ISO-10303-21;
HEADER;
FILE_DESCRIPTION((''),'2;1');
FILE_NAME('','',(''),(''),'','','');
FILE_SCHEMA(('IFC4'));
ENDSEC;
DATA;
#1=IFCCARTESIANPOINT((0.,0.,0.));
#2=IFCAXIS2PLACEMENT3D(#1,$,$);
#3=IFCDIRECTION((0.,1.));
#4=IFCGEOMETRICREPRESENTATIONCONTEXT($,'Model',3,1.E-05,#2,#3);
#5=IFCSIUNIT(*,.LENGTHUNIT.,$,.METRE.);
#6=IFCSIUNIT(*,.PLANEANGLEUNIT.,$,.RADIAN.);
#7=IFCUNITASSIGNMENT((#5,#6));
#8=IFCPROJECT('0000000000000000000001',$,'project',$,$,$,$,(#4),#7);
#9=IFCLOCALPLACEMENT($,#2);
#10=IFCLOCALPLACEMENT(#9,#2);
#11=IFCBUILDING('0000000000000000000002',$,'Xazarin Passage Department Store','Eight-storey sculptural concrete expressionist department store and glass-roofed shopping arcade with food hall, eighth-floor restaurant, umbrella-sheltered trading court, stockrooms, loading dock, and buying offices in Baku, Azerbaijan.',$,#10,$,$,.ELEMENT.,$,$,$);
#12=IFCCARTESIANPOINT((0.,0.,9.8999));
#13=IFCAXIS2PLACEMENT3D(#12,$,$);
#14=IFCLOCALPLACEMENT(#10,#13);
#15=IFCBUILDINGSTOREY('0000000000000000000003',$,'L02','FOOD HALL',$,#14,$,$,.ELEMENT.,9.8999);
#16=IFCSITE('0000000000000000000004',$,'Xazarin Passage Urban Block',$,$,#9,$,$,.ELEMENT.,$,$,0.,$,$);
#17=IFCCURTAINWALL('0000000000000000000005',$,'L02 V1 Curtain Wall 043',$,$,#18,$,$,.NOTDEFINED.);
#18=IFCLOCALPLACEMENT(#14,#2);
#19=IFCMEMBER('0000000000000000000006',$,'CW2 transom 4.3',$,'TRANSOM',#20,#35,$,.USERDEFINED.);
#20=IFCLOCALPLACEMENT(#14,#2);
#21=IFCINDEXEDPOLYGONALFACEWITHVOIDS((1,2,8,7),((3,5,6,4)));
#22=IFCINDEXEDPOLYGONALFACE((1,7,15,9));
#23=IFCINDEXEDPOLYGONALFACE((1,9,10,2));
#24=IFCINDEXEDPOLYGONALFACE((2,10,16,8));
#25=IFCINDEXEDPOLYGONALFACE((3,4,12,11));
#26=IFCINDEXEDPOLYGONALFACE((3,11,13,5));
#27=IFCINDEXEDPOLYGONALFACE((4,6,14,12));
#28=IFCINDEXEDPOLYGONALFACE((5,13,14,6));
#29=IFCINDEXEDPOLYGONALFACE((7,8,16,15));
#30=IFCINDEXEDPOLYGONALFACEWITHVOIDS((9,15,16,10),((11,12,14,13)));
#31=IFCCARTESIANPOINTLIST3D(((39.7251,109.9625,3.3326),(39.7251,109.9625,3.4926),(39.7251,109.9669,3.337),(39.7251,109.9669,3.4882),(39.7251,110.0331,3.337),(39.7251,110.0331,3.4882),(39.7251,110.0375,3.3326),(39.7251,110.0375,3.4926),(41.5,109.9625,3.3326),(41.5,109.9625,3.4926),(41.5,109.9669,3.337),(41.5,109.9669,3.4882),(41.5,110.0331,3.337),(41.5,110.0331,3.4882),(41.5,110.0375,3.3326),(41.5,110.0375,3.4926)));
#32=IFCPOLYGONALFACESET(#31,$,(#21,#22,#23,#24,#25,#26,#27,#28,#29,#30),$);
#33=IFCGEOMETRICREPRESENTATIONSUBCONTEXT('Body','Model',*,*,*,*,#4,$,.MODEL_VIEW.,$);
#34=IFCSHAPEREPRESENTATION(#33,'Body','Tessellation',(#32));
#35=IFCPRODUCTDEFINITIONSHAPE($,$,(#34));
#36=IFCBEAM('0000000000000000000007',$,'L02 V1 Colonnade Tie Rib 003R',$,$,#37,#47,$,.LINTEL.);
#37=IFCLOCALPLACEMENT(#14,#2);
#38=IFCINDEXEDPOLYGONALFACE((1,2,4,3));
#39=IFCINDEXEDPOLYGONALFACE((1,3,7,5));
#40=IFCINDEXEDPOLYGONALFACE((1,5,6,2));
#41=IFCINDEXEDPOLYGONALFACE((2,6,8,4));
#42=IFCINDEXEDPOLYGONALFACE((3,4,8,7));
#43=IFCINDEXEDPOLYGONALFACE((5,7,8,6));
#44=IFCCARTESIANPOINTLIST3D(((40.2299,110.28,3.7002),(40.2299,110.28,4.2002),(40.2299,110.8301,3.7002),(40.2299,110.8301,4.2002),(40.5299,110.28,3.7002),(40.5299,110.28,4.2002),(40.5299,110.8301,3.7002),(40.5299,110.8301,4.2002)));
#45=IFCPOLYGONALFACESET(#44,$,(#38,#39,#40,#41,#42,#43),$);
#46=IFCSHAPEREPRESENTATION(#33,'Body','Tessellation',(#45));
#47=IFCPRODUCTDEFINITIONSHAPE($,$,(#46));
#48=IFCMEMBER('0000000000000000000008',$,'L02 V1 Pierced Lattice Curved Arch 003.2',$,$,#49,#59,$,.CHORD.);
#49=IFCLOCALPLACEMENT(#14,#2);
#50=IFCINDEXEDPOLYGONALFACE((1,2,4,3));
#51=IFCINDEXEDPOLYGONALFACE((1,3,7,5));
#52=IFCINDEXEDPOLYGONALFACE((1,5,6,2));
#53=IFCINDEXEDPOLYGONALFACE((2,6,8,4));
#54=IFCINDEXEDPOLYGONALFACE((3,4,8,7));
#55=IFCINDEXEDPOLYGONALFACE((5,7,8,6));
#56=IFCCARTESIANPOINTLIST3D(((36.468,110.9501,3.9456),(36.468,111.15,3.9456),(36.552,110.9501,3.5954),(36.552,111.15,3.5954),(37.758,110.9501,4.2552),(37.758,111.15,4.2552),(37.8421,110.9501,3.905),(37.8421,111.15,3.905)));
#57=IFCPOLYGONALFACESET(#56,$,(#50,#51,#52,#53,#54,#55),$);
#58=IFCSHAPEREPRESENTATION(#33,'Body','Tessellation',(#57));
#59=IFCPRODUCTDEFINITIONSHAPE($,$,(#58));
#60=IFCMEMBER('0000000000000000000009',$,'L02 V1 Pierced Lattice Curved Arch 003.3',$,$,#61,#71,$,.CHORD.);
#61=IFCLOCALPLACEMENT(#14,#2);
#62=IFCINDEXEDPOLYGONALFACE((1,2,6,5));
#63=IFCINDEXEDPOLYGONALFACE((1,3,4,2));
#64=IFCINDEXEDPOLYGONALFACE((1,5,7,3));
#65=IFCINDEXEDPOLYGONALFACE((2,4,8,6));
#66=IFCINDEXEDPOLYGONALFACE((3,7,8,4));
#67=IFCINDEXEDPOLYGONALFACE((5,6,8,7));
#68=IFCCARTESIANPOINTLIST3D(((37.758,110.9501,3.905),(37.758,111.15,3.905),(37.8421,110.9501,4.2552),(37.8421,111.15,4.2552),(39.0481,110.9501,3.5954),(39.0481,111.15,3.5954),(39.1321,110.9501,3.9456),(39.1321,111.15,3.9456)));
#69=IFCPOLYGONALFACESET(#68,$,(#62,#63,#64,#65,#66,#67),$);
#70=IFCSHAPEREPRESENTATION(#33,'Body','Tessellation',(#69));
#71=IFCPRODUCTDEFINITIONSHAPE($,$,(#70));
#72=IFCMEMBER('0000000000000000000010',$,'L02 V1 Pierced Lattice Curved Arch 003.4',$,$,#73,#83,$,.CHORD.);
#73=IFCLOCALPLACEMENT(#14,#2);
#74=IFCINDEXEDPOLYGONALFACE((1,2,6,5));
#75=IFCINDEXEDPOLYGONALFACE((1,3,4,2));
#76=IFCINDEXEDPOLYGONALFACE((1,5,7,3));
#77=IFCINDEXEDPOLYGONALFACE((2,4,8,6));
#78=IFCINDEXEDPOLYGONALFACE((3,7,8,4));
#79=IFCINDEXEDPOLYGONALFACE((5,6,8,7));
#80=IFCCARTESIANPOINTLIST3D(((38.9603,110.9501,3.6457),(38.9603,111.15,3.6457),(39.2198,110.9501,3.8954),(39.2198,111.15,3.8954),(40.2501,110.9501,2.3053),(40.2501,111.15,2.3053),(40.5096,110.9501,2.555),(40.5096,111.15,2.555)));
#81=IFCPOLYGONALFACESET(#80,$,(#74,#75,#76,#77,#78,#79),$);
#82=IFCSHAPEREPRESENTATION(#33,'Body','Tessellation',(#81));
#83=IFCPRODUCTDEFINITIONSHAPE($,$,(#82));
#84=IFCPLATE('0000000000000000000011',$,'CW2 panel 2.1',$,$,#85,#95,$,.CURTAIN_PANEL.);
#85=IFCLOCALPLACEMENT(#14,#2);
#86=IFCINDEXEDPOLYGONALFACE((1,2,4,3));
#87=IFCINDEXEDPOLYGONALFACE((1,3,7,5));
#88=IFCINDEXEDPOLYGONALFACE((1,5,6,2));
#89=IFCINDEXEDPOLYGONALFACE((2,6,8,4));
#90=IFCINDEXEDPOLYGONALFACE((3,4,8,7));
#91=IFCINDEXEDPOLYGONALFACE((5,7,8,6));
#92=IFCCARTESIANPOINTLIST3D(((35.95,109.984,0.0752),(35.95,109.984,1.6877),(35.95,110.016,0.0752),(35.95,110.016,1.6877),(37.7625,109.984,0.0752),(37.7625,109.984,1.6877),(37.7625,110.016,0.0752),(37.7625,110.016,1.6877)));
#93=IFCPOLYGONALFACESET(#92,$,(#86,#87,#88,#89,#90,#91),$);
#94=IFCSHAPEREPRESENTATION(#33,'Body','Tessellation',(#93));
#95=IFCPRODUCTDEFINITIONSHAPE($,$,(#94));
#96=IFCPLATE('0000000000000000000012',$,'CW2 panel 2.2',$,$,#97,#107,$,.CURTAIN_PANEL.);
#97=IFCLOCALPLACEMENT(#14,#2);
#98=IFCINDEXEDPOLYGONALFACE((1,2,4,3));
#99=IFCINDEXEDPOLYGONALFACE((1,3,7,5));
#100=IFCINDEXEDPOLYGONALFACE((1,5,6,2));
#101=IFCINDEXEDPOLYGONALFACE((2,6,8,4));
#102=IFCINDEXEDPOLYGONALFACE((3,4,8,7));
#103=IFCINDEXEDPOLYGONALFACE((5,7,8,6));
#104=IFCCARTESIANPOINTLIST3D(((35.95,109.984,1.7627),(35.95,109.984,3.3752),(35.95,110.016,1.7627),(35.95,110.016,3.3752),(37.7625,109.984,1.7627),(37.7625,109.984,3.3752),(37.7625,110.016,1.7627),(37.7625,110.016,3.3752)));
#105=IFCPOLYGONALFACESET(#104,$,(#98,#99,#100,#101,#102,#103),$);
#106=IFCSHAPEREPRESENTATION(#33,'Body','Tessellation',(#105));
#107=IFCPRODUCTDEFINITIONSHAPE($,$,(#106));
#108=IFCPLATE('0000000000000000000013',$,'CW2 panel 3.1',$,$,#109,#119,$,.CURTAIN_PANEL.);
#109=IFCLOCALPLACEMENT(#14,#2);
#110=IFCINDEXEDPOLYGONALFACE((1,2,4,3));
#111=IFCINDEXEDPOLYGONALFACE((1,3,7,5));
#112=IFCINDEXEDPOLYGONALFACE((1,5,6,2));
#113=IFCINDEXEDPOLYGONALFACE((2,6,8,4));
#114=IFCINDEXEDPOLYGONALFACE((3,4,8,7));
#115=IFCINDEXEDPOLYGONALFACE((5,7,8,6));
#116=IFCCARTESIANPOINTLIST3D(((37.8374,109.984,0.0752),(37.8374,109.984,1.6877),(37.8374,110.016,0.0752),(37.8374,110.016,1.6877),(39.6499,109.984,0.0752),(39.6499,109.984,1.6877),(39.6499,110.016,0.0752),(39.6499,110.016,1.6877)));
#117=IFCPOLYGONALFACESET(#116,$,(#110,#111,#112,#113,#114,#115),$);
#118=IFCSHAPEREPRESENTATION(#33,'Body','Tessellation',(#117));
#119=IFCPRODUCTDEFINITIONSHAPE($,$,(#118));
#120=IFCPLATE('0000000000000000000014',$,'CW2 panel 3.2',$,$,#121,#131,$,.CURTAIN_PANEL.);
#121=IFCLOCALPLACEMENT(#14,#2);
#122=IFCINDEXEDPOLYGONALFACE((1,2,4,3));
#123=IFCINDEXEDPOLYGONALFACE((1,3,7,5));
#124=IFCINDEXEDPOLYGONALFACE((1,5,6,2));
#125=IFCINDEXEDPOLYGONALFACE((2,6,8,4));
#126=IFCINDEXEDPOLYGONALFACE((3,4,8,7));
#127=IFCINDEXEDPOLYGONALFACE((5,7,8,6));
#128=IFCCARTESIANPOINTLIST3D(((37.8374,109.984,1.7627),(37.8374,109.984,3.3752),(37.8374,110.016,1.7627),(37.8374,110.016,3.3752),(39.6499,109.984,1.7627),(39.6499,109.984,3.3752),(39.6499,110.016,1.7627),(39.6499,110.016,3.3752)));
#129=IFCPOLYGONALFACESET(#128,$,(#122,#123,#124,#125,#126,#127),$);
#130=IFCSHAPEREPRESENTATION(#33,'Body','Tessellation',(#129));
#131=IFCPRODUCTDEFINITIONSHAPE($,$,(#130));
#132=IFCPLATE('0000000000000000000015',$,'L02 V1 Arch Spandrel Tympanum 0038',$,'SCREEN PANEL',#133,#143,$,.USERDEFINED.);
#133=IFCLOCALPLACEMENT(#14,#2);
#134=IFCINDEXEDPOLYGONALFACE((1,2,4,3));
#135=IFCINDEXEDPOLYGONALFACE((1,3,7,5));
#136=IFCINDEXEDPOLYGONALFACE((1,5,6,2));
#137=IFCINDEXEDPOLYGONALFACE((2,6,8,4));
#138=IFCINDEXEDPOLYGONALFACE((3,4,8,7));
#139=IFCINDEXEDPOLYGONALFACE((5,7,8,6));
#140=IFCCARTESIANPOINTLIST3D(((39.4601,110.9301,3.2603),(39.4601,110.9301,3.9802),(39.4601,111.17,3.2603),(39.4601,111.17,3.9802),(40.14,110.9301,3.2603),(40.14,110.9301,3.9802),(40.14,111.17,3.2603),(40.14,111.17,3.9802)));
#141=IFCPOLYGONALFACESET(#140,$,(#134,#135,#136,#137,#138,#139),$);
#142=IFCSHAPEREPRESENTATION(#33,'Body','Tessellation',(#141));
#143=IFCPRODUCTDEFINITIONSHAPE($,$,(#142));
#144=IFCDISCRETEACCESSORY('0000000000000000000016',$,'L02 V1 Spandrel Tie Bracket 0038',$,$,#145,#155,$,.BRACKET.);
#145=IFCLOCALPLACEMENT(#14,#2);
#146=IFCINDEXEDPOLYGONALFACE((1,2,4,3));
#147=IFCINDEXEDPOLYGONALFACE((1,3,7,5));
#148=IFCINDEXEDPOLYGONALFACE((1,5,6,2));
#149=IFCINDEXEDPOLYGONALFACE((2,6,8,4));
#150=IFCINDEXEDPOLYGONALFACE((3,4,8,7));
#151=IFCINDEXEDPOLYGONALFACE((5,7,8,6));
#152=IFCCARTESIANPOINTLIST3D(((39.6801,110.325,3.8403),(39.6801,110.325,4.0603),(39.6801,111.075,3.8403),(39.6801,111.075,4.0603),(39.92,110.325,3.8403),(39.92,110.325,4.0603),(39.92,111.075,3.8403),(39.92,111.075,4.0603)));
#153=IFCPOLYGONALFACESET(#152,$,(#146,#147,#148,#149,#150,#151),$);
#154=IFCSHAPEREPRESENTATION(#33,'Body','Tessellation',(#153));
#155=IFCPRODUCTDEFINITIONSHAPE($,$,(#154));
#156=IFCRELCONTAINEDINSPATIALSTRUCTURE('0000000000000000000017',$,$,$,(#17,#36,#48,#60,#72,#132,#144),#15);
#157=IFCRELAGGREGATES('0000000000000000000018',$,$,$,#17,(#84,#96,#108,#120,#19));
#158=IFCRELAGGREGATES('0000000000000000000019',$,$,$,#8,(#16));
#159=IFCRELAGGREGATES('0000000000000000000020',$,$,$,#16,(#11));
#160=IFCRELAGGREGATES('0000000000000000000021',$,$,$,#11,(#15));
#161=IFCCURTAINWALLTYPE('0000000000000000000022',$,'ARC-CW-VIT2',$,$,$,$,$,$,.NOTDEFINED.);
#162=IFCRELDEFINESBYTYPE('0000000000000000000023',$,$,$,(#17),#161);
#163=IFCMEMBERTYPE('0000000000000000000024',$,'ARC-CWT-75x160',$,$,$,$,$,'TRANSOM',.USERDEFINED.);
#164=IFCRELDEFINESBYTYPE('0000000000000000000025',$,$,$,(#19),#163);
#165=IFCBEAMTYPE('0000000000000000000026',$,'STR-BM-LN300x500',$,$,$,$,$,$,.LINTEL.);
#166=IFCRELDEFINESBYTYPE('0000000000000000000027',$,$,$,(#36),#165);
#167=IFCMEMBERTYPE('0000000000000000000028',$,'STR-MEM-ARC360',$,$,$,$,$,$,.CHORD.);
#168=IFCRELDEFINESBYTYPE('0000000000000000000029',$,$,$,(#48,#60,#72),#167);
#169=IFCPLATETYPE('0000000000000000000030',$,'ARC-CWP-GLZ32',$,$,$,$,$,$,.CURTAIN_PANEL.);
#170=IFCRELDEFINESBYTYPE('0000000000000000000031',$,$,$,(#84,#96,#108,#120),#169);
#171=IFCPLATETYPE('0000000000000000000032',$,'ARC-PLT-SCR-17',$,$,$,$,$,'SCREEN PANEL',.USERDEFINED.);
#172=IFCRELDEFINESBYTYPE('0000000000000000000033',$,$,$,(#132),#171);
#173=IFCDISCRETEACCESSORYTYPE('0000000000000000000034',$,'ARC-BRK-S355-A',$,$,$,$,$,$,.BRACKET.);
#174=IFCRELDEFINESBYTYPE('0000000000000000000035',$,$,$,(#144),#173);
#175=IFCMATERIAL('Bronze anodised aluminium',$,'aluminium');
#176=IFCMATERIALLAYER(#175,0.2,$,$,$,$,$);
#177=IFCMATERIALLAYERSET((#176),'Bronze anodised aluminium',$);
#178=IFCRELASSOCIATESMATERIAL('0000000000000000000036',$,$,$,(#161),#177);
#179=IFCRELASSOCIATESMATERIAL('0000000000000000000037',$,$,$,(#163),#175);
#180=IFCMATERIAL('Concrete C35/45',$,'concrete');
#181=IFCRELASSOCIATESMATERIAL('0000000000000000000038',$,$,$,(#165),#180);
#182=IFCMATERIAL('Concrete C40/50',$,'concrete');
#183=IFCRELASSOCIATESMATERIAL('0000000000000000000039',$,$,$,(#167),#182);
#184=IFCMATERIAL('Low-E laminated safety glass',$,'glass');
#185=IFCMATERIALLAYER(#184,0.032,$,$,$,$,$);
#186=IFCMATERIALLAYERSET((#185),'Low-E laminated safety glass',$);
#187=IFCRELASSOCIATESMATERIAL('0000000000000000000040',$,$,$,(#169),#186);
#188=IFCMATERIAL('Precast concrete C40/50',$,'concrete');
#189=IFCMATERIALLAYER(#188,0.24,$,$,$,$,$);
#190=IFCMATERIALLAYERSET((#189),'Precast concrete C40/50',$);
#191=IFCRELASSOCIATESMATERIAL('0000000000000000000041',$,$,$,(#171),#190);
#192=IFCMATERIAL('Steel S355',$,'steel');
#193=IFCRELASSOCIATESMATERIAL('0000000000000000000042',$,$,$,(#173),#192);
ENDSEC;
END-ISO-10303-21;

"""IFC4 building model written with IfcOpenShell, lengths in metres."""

from ifc_helpers import new_model, si_unit, direction, frame, origin, origin_2d, place, context, subcontext, project, spatial, rectangle, hollow_rectangle, extrude, material, layer, layer_set, material_profile, profile_set, type_object, element, aggregate, save


model = new_model("IFC4")

# Units and contexts
model_context = context("Model", 3, precision=1e-05, world=origin(), true_north=direction((0.0, 1.0)))
body_context = subcontext(model_context, "Body", "Model", "MODEL_VIEW")
ifc_project = project(units=[si_unit("LENGTHUNIT", "METRE"), si_unit("PLANEANGLEUNIT", "RADIAN")], contexts=[model_context])

# Site, building, storey
site_placement = place(None, origin())
site = spatial("IfcSite", under=ifc_project, at=site_placement, Name="Xazarin Passage Urban Block", CompositionType="ELEMENT", RefElevation=0.0)
building_placement = place(site_placement, origin())
building = spatial("IfcBuilding", under=site, at=building_placement, Name="Xazarin Passage Department Store", Description="Eight-storey sculptural concrete expressionist department store and glass-roofed shopping arcade with food hall, eighth-floor restaurant, umbrella-sheltered trading court, stockrooms, loading dock, and buying offices in Baku, Azerbaijan.", CompositionType="ELEMENT")
storey_placement = place(building_placement, frame((0.0, 0.0, 9.8999)))
storey = spatial("IfcBuildingStorey", under=building, at=storey_placement, Name="L02", Description="FOOD HALL", CompositionType="ELEMENT", Elevation=9.8999)

# Shared definitions
ifc_material_1 = material(Name="Concrete C40/50", Category="concrete")

# Curtain wall, member
ifc_material_2 = material(Name="Bronze anodised aluminium", Category="aluminium")
ifc_layer_1 = layer(ifc_material_2, 0.2)
ifc_layer_set_1 = layer_set([ifc_layer_1], Name="Bronze anodised aluminium")
curtain_wall_type = type_object("IfcCurtainWallType", Name="ARC-CW-VIT2", PredefinedType="NOTDEFINED", material=ifc_layer_set_1)
curtain_wall_placement = place(storey_placement, origin())
curtain_wall = element("IfcCurtainWall", 1, at=curtain_wall_placement, inside=storey, type_object=curtain_wall_type, Name="L02 V1 Curtain Wall 043", PredefinedType="NOTDEFINED")
ifc_material_profile_1 = material_profile(ifc_material_2, hollow_rectangle(XDim=0.075, YDim=0.1599, WallThickness=0.0044, at=origin_2d()), Name="ALU 75x160")
ifc_profile_set_1 = profile_set([ifc_material_profile_1], Name="Bronze anodised aluminium")
member_type_1 = type_object("IfcMemberType", Name="ARC-CWT-75x160", ElementType="TRANSOM", PredefinedType="USERDEFINED", material=ifc_profile_set_1)
member_1_placement = place(storey_placement, frame((39.7251, 110.0, 3.4126), z_axis=(1.0, 0.0, 0.0), x_axis=(0.0, 1.0, 0.0)))
member_1 = element("IfcMember", 2, at=member_1_placement, type_object=member_type_1, Name="CW2 transom 4.3", ObjectType="TRANSOM", PredefinedType="USERDEFINED", context=body_context, shape_type="SweptSolid", body=[
    extrude(hollow_rectangle(XDim=0.075, YDim=0.1599, WallThickness=0.0044, at=origin_2d()), origin(), (0.0, 0.0, 1.0), 1.7749),
])

# Beam
ifc_material_3 = material(Name="Concrete C35/45", Category="concrete")
ifc_material_profile_2 = material_profile(ifc_material_3, rectangle(XDim=0.3, YDim=0.5, at=origin_2d()), Name="RC 300x500")
ifc_profile_set_2 = profile_set([ifc_material_profile_2], Name="Concrete C35/45")
beam_type = type_object("IfcBeamType", Name="STR-BM-LN300x500", PredefinedType="LINTEL", material=ifc_profile_set_2)
beam_placement = place(storey_placement, frame((40.3799, 110.28, 3.9502), z_axis=(0.0, 1.0, 0.0), x_axis=(-1.0, 0.0, 0.0)))
element("IfcBeam", 3, at=beam_placement, inside=storey, type_object=beam_type, Name="L02 V1 Colonnade Tie Rib 003R", PredefinedType="LINTEL", context=body_context, shape_type="SweptSolid", body=[
    extrude(rectangle(XDim=0.3, YDim=0.5, at=origin_2d()), origin(), (0.0, 0.0, 1.0), 0.55),
])

# Members
ifc_material_profile_3 = material_profile(ifc_material_1, rectangle(XDim=0.2, YDim=0.3601, at=origin_2d()), Name="RC 200x360")
ifc_profile_set_3 = profile_set([ifc_material_profile_3], Name="Concrete C40/50")
member_type_2 = type_object("IfcMemberType", Name="STR-MEM-ARC360", PredefinedType="CHORD", material=ifc_profile_set_3)
for number, where, z_axis, x_axis, name in (
    (4, (36.51, 111.05, 3.7705), (0.972394, 0.0, 0.233345), (0.0, 1.0, 0.0), "L02 V1 Pierced Lattice Curved Arch 003.2"),
    (5, (37.8, 111.05, 4.0801), (0.972394, 0.0, -0.233345), (0.0, 1.0, 0.0), "L02 V1 Pierced Lattice Curved Arch 003.3"),
):
    element("IfcMember", number, at=place(storey_placement, frame(where, z_axis=z_axis, x_axis=x_axis)), inside=storey, type_object=member_type_2, Name=name, PredefinedType="CHORD", context=body_context, shape_type="SweptSolid", body=[
        extrude(rectangle(XDim=0.2, YDim=0.3601, at=origin_2d()), origin(), (0.0, 0.0, 1.0), 1.3267),
    ])
member_2_placement = place(storey_placement, frame((39.0901, 111.05, 3.7705), z_axis=(0.693392, 0.0, -0.720561), x_axis=(0.0, 1.0, 0.0)))
element("IfcMember", 6, at=member_2_placement, inside=storey, type_object=member_type_2, Name="L02 V1 Pierced Lattice Curved Arch 003.4", PredefinedType="CHORD", context=body_context, shape_type="SweptSolid", body=[
    extrude(rectangle(XDim=0.2, YDim=0.3601, at=origin_2d()), origin(), (0.0, 0.0, 1.0), 1.8601),
])

# Plates
ifc_material_4 = material(Name="Low-E laminated safety glass", Category="glass")
ifc_layer_2 = layer(ifc_material_4, 0.032)
ifc_layer_set_2 = layer_set([ifc_layer_2], Name="Low-E laminated safety glass")
plate_type_1 = type_object("IfcPlateType", Name="ARC-CWP-GLZ32", PredefinedType="CURTAIN_PANEL", material=ifc_layer_set_2)
plate_1_placement = place(storey_placement, frame((36.8562, 110.0, 0.0752), z_axis=(0.0, 0.0, 1.0), x_axis=(1.0, 0.0, 0.0)))
plate_1 = element("IfcPlate", 7, at=plate_1_placement, type_object=plate_type_1, Name="CW2 panel 2.1", PredefinedType="CURTAIN_PANEL", context=body_context, shape_type="SweptSolid", body=[
    extrude(rectangle(XDim=1.8125, YDim=0.032, at=origin_2d()), origin(), (0.0, 0.0, 1.0), 1.6125),
])
plate_2_placement = place(storey_placement, frame((36.8562, 110.0, 1.7627), z_axis=(0.0, 0.0, 1.0), x_axis=(1.0, 0.0, 0.0)))
plate_2 = element("IfcPlate", 8, at=plate_2_placement, type_object=plate_type_1, Name="CW2 panel 2.2", PredefinedType="CURTAIN_PANEL", context=body_context, shape_type="SweptSolid", body=[
    extrude(rectangle(XDim=1.8125, YDim=0.032, at=origin_2d()), origin(), (0.0, 0.0, 1.0), 1.6125),
])
plate_3_placement = place(storey_placement, frame((38.7437, 110.0, 0.0752), z_axis=(0.0, 0.0, 1.0), x_axis=(1.0, 0.0, 0.0)))
plate_3 = element("IfcPlate", 9, at=plate_3_placement, type_object=plate_type_1, Name="CW2 panel 3.1", PredefinedType="CURTAIN_PANEL", context=body_context, shape_type="SweptSolid", body=[
    extrude(rectangle(XDim=1.8125, YDim=0.032, at=origin_2d()), origin(), (0.0, 0.0, 1.0), 1.6125),
])
plate_4_placement = place(storey_placement, frame((38.7437, 110.0, 1.7627), z_axis=(0.0, 0.0, 1.0), x_axis=(1.0, 0.0, 0.0)))
plate_4 = element("IfcPlate", 10, at=plate_4_placement, type_object=plate_type_1, Name="CW2 panel 3.2", PredefinedType="CURTAIN_PANEL", context=body_context, shape_type="SweptSolid", body=[
    extrude(rectangle(XDim=1.8125, YDim=0.032, at=origin_2d()), origin(), (0.0, 0.0, 1.0), 1.6125),
])
aggregate(curtain_wall, [plate_1, plate_2, plate_3, plate_4, member_1])
ifc_material_5 = material(Name="Precast concrete C40/50", Category="concrete")
ifc_layer_3 = layer(ifc_material_5, 0.24)
ifc_layer_set_3 = layer_set([ifc_layer_3], Name="Precast concrete C40/50")
plate_type_2 = type_object("IfcPlateType", Name="ARC-PLT-SCR-17", ElementType="SCREEN PANEL", PredefinedType="USERDEFINED", material=ifc_layer_set_3)
plate_5_placement = place(storey_placement, frame((39.8, 111.05, 3.2603), z_axis=(0.0, 0.0, 1.0), x_axis=(1.0, 0.0, 0.0)))
element("IfcPlate", 11, at=plate_5_placement, inside=storey, type_object=plate_type_2, Name="L02 V1 Arch Spandrel Tympanum 0038", ObjectType="SCREEN PANEL", PredefinedType="USERDEFINED", context=body_context, shape_type="SweptSolid", body=[
    extrude(rectangle(XDim=0.6799, YDim=0.24, at=origin_2d()), origin(), (0.0, 0.0, 1.0), 0.72),
])

# Discrete accessory
ifc_material_6 = material(Name="Steel S355", Category="steel")
discrete_accessory_type = type_object("IfcDiscreteAccessoryType", Name="ARC-BRK-S355-A", PredefinedType="BRACKET", material=ifc_material_6)
discrete_accessory_placement = place(storey_placement, frame((39.8, 110.7, 3.8403), z_axis=(0.0, 0.0, 1.0), x_axis=(1.0, 0.0, 0.0)))
element("IfcDiscreteAccessory", 12, at=discrete_accessory_placement, inside=storey, type_object=discrete_accessory_type, Name="L02 V1 Spandrel Tie Bracket 0038", PredefinedType="BRACKET", context=body_context, shape_type="SweptSolid", body=[
    extrude(rectangle(XDim=0.24, YDim=0.75, at=origin_2d()), origin(), (0.0, 0.0, 1.0), 0.22),
])

save(model, "model.ifc")
